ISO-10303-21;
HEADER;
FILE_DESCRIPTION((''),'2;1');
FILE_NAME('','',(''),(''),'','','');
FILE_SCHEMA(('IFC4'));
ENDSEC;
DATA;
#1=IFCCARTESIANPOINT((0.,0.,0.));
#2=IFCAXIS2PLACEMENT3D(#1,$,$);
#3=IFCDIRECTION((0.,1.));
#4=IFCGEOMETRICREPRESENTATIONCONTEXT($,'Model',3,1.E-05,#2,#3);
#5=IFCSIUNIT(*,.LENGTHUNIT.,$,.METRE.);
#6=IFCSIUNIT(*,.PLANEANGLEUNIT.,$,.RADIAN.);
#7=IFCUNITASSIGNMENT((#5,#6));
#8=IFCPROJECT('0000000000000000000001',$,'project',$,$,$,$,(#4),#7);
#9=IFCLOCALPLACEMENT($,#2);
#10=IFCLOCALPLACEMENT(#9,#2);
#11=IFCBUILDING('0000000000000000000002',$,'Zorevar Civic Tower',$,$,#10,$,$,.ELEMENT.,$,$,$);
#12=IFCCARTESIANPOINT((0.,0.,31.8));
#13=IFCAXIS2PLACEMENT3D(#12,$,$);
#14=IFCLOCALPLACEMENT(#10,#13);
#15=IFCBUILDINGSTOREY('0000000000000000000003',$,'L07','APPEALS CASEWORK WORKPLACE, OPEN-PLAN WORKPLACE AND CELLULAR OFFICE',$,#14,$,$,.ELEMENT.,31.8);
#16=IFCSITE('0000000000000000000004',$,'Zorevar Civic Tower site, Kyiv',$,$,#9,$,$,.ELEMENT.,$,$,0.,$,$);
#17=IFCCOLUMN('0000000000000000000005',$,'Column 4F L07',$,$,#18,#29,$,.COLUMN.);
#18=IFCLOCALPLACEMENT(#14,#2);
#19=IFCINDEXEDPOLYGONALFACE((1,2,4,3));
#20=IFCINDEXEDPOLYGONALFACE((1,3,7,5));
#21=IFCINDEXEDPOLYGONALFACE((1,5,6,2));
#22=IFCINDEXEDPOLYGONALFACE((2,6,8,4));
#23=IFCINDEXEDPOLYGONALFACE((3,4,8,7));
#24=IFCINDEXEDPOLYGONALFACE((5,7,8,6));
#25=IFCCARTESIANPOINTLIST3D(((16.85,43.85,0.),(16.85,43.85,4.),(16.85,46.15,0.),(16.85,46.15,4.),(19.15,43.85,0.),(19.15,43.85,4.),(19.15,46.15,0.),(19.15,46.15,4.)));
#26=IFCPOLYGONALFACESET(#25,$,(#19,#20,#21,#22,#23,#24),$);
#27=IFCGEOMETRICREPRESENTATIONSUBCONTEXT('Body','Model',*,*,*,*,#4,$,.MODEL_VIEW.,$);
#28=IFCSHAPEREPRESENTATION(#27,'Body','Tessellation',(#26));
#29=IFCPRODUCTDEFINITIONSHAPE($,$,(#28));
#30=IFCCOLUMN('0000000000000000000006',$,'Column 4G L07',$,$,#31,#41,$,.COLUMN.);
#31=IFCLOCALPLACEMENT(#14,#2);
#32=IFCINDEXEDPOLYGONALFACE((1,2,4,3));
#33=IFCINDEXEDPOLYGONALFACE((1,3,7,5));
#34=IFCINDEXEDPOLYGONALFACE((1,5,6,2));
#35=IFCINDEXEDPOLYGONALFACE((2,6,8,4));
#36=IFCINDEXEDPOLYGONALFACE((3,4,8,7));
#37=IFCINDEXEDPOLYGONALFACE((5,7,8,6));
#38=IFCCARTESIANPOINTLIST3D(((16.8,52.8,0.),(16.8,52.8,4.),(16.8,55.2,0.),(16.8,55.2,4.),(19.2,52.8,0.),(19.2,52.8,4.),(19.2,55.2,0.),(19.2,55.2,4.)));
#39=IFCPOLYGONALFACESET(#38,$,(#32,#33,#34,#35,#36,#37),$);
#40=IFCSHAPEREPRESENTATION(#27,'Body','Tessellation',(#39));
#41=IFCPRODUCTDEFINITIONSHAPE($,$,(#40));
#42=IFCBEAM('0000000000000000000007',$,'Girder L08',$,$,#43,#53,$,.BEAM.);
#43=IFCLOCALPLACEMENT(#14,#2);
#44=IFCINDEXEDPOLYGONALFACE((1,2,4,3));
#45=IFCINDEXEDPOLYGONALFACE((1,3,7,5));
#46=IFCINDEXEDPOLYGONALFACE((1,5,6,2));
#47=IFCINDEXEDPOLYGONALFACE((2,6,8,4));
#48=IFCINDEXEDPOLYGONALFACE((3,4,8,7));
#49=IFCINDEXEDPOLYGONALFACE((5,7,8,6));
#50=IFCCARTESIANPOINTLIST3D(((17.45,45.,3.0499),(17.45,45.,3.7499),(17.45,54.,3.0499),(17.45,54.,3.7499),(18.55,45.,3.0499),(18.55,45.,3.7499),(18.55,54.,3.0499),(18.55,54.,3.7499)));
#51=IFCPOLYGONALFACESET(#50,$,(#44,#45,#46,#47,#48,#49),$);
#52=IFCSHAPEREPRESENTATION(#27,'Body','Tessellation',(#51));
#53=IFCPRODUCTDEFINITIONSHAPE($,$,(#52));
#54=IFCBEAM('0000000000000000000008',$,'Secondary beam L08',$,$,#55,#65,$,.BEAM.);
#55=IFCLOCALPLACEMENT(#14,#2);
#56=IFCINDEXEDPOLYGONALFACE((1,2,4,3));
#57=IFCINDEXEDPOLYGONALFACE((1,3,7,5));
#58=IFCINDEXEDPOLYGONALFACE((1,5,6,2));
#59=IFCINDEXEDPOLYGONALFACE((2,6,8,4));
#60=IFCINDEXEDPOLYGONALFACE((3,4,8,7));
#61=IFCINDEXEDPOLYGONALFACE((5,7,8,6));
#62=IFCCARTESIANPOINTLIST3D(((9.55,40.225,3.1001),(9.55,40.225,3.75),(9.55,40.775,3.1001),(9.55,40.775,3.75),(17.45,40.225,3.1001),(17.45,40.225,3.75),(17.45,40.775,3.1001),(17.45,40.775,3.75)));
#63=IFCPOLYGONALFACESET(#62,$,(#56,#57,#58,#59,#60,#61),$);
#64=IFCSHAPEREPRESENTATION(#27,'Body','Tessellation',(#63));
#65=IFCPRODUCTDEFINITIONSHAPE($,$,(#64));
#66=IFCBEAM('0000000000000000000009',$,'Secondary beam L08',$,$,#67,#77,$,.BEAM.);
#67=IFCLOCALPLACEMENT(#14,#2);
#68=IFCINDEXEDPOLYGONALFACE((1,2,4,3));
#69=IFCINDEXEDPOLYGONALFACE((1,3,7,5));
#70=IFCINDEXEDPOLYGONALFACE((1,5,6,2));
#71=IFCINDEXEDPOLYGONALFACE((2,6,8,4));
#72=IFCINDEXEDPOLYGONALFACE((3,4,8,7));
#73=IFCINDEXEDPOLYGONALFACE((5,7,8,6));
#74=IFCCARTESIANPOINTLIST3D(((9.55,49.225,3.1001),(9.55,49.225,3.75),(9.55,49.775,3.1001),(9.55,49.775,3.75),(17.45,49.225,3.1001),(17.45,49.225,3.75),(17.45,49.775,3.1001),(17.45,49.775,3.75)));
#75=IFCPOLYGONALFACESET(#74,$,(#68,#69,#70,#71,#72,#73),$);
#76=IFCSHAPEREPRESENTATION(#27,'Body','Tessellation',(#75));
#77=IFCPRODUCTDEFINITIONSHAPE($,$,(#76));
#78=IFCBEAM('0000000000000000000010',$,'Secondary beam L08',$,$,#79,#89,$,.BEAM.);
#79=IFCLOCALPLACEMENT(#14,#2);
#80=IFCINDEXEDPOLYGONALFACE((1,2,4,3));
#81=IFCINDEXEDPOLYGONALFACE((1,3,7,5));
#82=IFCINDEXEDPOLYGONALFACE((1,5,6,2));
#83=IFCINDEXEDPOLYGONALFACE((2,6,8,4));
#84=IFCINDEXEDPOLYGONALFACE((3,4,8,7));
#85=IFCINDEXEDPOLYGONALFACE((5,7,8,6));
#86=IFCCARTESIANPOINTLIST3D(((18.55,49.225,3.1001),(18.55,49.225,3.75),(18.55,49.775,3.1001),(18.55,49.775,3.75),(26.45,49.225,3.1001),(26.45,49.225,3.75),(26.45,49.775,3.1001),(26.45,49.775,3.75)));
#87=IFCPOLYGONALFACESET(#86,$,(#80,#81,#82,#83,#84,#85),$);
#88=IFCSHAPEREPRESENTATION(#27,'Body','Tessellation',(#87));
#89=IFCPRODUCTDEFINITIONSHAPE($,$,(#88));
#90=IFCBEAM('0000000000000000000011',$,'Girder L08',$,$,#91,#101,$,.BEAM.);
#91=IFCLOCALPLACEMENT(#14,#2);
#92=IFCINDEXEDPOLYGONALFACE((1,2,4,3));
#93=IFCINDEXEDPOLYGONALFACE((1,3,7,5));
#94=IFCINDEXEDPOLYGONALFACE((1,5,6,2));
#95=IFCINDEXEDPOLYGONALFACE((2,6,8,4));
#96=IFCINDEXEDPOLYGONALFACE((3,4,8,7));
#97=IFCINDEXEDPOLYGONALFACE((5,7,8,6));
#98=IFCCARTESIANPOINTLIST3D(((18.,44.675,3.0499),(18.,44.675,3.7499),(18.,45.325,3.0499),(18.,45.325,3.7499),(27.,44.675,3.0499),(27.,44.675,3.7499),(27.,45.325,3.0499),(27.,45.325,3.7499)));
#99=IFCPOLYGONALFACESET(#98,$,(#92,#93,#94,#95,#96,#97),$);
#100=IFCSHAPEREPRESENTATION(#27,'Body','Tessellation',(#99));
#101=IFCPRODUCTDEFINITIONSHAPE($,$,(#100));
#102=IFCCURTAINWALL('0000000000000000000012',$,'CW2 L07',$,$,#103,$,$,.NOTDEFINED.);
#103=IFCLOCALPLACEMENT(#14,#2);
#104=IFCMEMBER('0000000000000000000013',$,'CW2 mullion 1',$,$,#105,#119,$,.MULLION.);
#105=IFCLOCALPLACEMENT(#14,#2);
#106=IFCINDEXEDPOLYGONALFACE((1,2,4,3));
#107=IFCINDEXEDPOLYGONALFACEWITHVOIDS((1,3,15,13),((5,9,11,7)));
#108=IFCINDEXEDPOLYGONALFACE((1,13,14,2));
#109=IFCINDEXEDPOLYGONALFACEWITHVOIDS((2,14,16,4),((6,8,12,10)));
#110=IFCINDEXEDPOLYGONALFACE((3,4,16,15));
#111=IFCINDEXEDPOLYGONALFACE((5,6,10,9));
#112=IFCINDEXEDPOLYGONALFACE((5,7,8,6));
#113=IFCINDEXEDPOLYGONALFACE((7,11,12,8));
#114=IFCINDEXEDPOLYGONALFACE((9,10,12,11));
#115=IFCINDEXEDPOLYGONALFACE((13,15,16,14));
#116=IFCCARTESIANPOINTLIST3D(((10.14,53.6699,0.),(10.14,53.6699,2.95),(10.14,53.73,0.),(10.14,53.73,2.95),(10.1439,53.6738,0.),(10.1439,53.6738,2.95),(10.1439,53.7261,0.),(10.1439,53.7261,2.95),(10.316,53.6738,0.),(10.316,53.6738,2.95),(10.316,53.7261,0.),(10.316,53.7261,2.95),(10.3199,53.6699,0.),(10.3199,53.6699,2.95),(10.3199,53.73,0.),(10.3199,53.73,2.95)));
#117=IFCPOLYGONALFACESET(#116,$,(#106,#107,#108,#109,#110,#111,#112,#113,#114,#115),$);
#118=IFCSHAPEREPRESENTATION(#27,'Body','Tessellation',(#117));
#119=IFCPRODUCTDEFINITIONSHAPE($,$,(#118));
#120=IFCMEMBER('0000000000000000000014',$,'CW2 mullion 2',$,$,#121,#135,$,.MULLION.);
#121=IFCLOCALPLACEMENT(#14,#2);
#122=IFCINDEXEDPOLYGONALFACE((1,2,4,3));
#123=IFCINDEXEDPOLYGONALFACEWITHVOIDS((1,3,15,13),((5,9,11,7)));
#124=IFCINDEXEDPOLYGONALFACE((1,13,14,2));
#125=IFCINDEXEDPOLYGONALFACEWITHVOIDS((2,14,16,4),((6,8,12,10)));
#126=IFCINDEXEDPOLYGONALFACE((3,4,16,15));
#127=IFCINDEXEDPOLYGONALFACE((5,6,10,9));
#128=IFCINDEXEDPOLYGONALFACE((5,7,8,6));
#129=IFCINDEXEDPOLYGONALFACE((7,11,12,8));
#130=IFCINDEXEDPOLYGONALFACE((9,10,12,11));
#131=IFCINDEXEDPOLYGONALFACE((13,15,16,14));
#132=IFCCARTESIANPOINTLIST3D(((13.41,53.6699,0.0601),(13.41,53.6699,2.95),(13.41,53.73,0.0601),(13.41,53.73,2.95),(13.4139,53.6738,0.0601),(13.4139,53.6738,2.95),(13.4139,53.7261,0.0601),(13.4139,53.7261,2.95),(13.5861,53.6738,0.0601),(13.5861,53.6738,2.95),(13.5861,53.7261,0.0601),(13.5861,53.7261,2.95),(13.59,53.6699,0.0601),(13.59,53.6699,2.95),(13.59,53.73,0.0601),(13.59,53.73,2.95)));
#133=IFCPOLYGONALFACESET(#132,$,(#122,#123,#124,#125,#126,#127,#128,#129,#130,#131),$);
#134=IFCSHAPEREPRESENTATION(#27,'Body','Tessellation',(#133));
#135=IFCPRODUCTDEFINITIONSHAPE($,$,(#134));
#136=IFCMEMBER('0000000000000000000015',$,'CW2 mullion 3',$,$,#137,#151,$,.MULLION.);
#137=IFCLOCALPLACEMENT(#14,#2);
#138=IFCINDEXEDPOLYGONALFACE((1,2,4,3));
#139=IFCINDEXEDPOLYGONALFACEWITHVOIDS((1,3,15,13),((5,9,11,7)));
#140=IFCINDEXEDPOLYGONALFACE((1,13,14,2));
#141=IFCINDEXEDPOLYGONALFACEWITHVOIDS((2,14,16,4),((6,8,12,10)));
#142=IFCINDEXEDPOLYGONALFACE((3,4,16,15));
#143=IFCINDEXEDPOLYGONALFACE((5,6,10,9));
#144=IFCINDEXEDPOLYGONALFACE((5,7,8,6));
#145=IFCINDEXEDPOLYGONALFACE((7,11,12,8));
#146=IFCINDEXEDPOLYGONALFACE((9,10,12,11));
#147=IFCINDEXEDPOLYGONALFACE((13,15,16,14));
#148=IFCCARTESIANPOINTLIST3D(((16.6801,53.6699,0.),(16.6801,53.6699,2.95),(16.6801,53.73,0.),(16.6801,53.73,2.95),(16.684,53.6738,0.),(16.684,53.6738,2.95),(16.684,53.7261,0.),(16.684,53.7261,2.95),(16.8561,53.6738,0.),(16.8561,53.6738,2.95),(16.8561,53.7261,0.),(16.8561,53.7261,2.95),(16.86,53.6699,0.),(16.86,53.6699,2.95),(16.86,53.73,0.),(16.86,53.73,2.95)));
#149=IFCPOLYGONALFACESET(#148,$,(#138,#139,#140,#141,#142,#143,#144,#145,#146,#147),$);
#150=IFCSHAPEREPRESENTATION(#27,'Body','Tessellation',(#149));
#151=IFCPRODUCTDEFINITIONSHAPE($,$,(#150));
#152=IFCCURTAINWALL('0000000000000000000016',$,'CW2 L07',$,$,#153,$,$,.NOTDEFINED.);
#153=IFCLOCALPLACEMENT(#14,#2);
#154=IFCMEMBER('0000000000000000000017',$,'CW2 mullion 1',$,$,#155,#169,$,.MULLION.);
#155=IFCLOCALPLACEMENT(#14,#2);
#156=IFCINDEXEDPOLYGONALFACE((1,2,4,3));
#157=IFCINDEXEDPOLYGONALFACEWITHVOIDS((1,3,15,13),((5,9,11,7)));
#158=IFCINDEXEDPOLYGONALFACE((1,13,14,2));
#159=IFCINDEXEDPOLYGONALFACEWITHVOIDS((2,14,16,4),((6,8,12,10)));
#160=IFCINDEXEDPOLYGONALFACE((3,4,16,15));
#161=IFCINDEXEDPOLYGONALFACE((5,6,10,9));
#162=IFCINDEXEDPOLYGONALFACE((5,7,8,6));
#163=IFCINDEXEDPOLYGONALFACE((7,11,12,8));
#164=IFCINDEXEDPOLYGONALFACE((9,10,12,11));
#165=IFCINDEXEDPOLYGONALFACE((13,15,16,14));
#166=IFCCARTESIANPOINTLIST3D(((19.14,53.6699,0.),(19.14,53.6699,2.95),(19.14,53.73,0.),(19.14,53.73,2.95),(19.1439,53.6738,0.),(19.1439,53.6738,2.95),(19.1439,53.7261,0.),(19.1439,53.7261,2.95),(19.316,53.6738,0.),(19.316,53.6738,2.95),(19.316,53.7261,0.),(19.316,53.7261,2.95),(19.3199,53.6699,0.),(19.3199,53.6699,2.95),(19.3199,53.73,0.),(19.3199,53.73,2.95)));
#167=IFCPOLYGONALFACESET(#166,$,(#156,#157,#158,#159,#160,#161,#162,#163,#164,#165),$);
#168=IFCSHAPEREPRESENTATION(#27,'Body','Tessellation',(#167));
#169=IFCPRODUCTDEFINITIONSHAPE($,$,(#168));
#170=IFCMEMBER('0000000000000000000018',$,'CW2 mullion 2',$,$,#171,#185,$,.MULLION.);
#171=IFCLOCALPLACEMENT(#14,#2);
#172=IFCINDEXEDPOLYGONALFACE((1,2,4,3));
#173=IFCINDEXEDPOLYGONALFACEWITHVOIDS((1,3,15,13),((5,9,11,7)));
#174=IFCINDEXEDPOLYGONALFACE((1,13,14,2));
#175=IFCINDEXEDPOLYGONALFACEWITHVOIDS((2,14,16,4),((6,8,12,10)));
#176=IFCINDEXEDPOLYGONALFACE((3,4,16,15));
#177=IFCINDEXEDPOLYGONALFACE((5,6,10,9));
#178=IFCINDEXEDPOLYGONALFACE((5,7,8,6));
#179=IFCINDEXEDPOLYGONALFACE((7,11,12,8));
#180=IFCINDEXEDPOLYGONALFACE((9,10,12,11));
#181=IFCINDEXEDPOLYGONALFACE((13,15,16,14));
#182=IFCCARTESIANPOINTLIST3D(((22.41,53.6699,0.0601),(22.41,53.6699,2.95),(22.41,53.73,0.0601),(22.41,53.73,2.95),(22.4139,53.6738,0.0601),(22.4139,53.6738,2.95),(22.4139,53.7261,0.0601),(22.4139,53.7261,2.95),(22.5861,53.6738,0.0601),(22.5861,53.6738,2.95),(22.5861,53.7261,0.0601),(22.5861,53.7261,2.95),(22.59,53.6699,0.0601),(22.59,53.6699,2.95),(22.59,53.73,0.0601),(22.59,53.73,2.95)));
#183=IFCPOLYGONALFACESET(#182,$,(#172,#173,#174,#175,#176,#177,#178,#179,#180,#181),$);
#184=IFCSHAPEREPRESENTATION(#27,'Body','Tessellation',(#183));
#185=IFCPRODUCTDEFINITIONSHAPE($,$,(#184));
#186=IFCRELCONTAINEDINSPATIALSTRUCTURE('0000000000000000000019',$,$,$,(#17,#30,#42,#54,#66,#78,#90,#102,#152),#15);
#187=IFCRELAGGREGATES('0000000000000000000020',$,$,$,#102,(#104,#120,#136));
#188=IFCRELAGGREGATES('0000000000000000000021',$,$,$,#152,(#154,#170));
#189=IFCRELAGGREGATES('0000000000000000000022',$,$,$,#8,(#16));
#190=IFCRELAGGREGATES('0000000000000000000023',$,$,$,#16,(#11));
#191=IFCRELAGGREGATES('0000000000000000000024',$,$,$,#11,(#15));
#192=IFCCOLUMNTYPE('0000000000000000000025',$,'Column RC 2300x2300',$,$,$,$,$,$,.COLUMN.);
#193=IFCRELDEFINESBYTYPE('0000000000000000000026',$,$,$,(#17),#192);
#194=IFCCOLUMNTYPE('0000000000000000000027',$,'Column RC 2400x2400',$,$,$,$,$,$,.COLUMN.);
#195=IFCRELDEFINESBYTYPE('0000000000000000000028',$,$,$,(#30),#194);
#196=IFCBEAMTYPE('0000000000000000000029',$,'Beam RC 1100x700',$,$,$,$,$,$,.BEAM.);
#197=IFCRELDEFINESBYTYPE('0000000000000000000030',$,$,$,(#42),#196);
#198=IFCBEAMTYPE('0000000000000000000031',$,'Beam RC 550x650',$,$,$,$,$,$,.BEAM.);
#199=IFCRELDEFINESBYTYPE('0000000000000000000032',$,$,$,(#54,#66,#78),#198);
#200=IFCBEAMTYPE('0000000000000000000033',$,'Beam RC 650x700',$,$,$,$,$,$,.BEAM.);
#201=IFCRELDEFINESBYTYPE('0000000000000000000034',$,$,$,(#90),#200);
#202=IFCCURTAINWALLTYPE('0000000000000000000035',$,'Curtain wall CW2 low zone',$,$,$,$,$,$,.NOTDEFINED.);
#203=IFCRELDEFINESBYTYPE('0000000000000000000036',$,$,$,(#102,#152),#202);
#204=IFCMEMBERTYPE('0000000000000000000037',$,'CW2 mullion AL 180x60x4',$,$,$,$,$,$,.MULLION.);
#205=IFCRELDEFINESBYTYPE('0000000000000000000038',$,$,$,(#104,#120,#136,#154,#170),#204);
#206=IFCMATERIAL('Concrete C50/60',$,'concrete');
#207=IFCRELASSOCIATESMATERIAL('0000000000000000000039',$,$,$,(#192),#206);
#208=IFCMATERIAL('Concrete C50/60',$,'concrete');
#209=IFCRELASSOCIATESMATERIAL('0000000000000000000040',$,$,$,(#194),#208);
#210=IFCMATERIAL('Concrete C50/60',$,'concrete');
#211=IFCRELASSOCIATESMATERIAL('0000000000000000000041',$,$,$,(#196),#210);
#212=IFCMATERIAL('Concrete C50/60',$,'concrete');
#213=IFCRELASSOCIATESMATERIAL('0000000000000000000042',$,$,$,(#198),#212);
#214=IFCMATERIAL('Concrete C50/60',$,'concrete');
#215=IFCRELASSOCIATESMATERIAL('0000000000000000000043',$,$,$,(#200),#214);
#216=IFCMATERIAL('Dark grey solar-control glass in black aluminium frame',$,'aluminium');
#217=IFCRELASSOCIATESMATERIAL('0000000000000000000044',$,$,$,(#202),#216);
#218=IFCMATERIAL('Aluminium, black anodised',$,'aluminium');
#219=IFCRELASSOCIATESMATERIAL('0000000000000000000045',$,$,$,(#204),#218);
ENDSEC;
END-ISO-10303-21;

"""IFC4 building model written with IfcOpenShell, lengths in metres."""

from ifc_helpers import new_model, si_unit, direction, frame, origin, origin_2d, place, context, subcontext, project, spatial, rectangle, hollow_rectangle, extrude, material, material_profile, profile_set, type_object, element, aggregate, save


model = new_model("IFC4")

# Units and contexts
model_context = context("Model", 3, precision=1e-05, world=origin(), true_north=direction((0.0, 1.0)))
body_context = subcontext(model_context, "Body", "Model", "MODEL_VIEW")
ifc_project = project(units=[si_unit("LENGTHUNIT", "METRE"), si_unit("PLANEANGLEUNIT", "RADIAN")], contexts=[model_context])

# Site, building, storey
site_placement = place(None, origin())
site = spatial("IfcSite", under=ifc_project, at=site_placement, Name="Zorevar Civic Tower site, Kyiv", CompositionType="ELEMENT", RefElevation=0.0)
building_placement = place(site_placement, origin())
building = spatial("IfcBuilding", under=site, at=building_placement, Name="Zorevar Civic Tower", CompositionType="ELEMENT")
storey_placement = place(building_placement, frame((0.0, 0.0, 31.8)))
storey = spatial("IfcBuildingStorey", under=building, at=storey_placement, Name="L07", Description="APPEALS CASEWORK WORKPLACE, OPEN-PLAN WORKPLACE AND CELLULAR OFFICE", CompositionType="ELEMENT", Elevation=31.8)

# Columns
ifc_material_1 = material(Name="Concrete C50/60", Category="concrete")
ifc_material_profile_1 = material_profile(ifc_material_1, rectangle(XDim=2.3, YDim=2.3, at=origin_2d()), Name="RC 2300x2300")
ifc_profile_set_1 = profile_set([ifc_material_profile_1], Name="Concrete C50/60")
column_type_1 = type_object("IfcColumnType", Name="Column RC 2300x2300", PredefinedType="COLUMN", material=ifc_profile_set_1)
column_1_placement = place(storey_placement, frame((18.0, 45.0, 0.0), z_axis=(0.0, 0.0, 1.0), x_axis=(1.0, 0.0, 0.0)))
element("IfcColumn", 1, at=column_1_placement, inside=storey, type_object=column_type_1, Name="Column 4F L07", PredefinedType="COLUMN", context=body_context, shape_type="SweptSolid", body=[
    extrude(rectangle(XDim=2.3, YDim=2.3, at=origin_2d()), origin(), (0.0, 0.0, 1.0), 4.0),
])
ifc_material_2 = material(Name="Concrete C50/60", Category="concrete")
ifc_material_profile_2 = material_profile(ifc_material_2, rectangle(XDim=2.3999, YDim=2.3999, at=origin_2d()), Name="RC 2400x2400")
ifc_profile_set_2 = profile_set([ifc_material_profile_2], Name="Concrete C50/60")
column_type_2 = type_object("IfcColumnType", Name="Column RC 2400x2400", PredefinedType="COLUMN", material=ifc_profile_set_2)
column_2_placement = place(storey_placement, frame((18.0, 54.0, 0.0), z_axis=(0.0, 0.0, 1.0), x_axis=(1.0, 0.0, 0.0)))
element("IfcColumn", 2, at=column_2_placement, inside=storey, type_object=column_type_2, Name="Column 4G L07", PredefinedType="COLUMN", context=body_context, shape_type="SweptSolid", body=[
    extrude(rectangle(XDim=2.3999, YDim=2.3999, at=origin_2d()), origin(), (0.0, 0.0, 1.0), 4.0),
])

# Beams
ifc_material_3 = material(Name="Concrete C50/60", Category="concrete")
ifc_material_profile_3 = material_profile(ifc_material_3, rectangle(XDim=1.1001, YDim=0.7, at=origin_2d()), Name="RC 1100x700")
ifc_profile_set_3 = profile_set([ifc_material_profile_3], Name="Concrete C50/60")
beam_type_1 = type_object("IfcBeamType", Name="Beam RC 1100x700", PredefinedType="BEAM", material=ifc_profile_set_3)
beam_1_placement = place(storey_placement, frame((18.0, 45.0, 3.3999), z_axis=(0.0, 1.0, 0.0), x_axis=(-1.0, 0.0, 0.0)))
element("IfcBeam", 3, at=beam_1_placement, inside=storey, type_object=beam_type_1, Name="Girder L08", PredefinedType="BEAM", context=body_context, shape_type="SweptSolid", body=[
    extrude(rectangle(XDim=1.1001, YDim=0.7, at=origin_2d()), origin(), (0.0, 0.0, 1.0), 9.0),
])
ifc_material_4 = material(Name="Concrete C50/60", Category="concrete")
ifc_material_profile_4 = material_profile(ifc_material_4, rectangle(XDim=0.55, YDim=0.6499, at=origin_2d()), Name="RC 550x650")
ifc_profile_set_4 = profile_set([ifc_material_profile_4], Name="Concrete C50/60")
beam_type_2 = type_object("IfcBeamType", Name="Beam RC 550x650", PredefinedType="BEAM", material=ifc_profile_set_4)
for number, where, z_axis, x_axis, name in (
    (4, (9.55, 40.5, 3.425), (1.0, 0.0, 0.0), (0.0, 1.0, 0.0), "Secondary beam L08"),
    (5, (9.55, 49.5, 3.425), (1.0, 0.0, 0.0), (0.0, 1.0, 0.0), "Secondary beam L08"),
    (6, (18.55, 49.5, 3.425), (1.0, 0.0, 0.0), (0.0, 1.0, 0.0), "Secondary beam L08"),
):
    element("IfcBeam", number, at=place(storey_placement, frame(where, z_axis=z_axis, x_axis=x_axis)), inside=storey, type_object=beam_type_2, Name=name, PredefinedType="BEAM", context=body_context, shape_type="SweptSolid", body=[
        extrude(rectangle(XDim=0.55, YDim=0.6499, at=origin_2d()), origin(), (0.0, 0.0, 1.0), 7.8999),
    ])
ifc_material_5 = material(Name="Concrete C50/60", Category="concrete")
ifc_material_profile_5 = material_profile(ifc_material_5, rectangle(XDim=0.6499, YDim=0.7, at=origin_2d()), Name="RC 650x700")
ifc_profile_set_5 = profile_set([ifc_material_profile_5], Name="Concrete C50/60")
beam_type_3 = type_object("IfcBeamType", Name="Beam RC 650x700", PredefinedType="BEAM", material=ifc_profile_set_5)
beam_2_placement = place(storey_placement, frame((18.0, 45.0, 3.3999), z_axis=(1.0, 0.0, 0.0), x_axis=(0.0, 1.0, 0.0)))
element("IfcBeam", 7, at=beam_2_placement, inside=storey, type_object=beam_type_3, Name="Girder L08", PredefinedType="BEAM", context=body_context, shape_type="SweptSolid", body=[
    extrude(rectangle(XDim=0.6499, YDim=0.7, at=origin_2d()), origin(), (0.0, 0.0, 1.0), 9.0),
])

# Curtain walls, members
ifc_material_6 = material(Name="Dark grey solar-control glass in black aluminium frame", Category="aluminium")
curtain_wall_type = type_object("IfcCurtainWallType", Name="Curtain wall CW2 low zone", PredefinedType="NOTDEFINED", material=ifc_material_6)
curtain_wall_1_placement = place(storey_placement, origin())
curtain_wall_1 = element("IfcCurtainWall", 8, at=curtain_wall_1_placement, inside=storey, type_object=curtain_wall_type, Name="CW2 L07", PredefinedType="NOTDEFINED")
ifc_material_7 = material(Name="Aluminium, black anodised", Category="aluminium")
ifc_material_profile_6 = material_profile(ifc_material_7, hollow_rectangle(XDim=0.0601, YDim=0.1799, WallThickness=0.0039, at=origin_2d()), Name="AL 180x60x4")
ifc_profile_set_6 = profile_set([ifc_material_profile_6], Name="Aluminium, black anodised")
member_type_1 = type_object("IfcMemberType", Name="CW2 mullion AL 180x60x4", PredefinedType="MULLION", material=ifc_profile_set_6)
member_1_placement = place(storey_placement, frame((10.23, 53.7, 0.0), z_axis=(0.0, 0.0, 1.0), x_axis=(0.0, 1.0, 0.0)))
member_1 = element("IfcMember", 9, at=member_1_placement, type_object=member_type_1, Name="CW2 mullion 1", PredefinedType="MULLION", context=body_context, shape_type="SweptSolid", body=[
    extrude(hollow_rectangle(XDim=0.0601, YDim=0.1799, WallThickness=0.0039, at=origin_2d()), origin(), (0.0, 0.0, 1.0), 2.95),
])
member_2_placement = place(storey_placement, frame((13.5, 53.7, 0.0601), z_axis=(0.0, 0.0, 1.0), x_axis=(0.0, 1.0, 0.0)))
member_2 = element("IfcMember", 10, at=member_2_placement, type_object=member_type_1, Name="CW2 mullion 2", PredefinedType="MULLION", context=body_context, shape_type="SweptSolid", body=[
    extrude(hollow_rectangle(XDim=0.0601, YDim=0.1799, WallThickness=0.0039, at=origin_2d()), origin(), (0.0, 0.0, 1.0), 2.8899),
])
member_3_placement = place(storey_placement, frame((16.77, 53.7, 0.0), z_axis=(0.0, 0.0, 1.0), x_axis=(0.0, 1.0, 0.0)))
member_3 = element("IfcMember", 11, at=member_3_placement, type_object=member_type_1, Name="CW2 mullion 3", PredefinedType="MULLION", context=body_context, shape_type="SweptSolid", body=[
    extrude(hollow_rectangle(XDim=0.0601, YDim=0.1799, WallThickness=0.0039, at=origin_2d()), origin(), (0.0, 0.0, 1.0), 2.95),
])
curtain_wall_2_placement = place(storey_placement, origin())
curtain_wall_2 = element("IfcCurtainWall", 12, at=curtain_wall_2_placement, inside=storey, type_object=curtain_wall_type, Name="CW2 L07", PredefinedType="NOTDEFINED")
member_4_placement = place(storey_placement, frame((19.23, 53.7, 0.0), z_axis=(0.0, 0.0, 1.0), x_axis=(0.0, 1.0, 0.0)))
member_4 = element("IfcMember", 13, at=member_4_placement, type_object=member_type_1, Name="CW2 mullion 1", PredefinedType="MULLION", context=body_context, shape_type="SweptSolid", body=[
    extrude(hollow_rectangle(XDim=0.0601, YDim=0.1799, WallThickness=0.0039, at=origin_2d()), origin(), (0.0, 0.0, 1.0), 2.95),
])
member_5_placement = place(storey_placement, frame((22.5, 53.7, 0.0601), z_axis=(0.0, 0.0, 1.0), x_axis=(0.0, 1.0, 0.0)))
member_5 = element("IfcMember", 14, at=member_5_placement, type_object=member_type_1, Name="CW2 mullion 2", PredefinedType="MULLION", context=body_context, shape_type="SweptSolid", body=[
    extrude(hollow_rectangle(XDim=0.0601, YDim=0.1799, WallThickness=0.0039, at=origin_2d()), origin(), (0.0, 0.0, 1.0), 2.8899),
])

aggregate(curtain_wall_1, [member_1, member_2, member_3])
aggregate(curtain_wall_2, [member_4, member_5])

save(model, "model.ifc")
